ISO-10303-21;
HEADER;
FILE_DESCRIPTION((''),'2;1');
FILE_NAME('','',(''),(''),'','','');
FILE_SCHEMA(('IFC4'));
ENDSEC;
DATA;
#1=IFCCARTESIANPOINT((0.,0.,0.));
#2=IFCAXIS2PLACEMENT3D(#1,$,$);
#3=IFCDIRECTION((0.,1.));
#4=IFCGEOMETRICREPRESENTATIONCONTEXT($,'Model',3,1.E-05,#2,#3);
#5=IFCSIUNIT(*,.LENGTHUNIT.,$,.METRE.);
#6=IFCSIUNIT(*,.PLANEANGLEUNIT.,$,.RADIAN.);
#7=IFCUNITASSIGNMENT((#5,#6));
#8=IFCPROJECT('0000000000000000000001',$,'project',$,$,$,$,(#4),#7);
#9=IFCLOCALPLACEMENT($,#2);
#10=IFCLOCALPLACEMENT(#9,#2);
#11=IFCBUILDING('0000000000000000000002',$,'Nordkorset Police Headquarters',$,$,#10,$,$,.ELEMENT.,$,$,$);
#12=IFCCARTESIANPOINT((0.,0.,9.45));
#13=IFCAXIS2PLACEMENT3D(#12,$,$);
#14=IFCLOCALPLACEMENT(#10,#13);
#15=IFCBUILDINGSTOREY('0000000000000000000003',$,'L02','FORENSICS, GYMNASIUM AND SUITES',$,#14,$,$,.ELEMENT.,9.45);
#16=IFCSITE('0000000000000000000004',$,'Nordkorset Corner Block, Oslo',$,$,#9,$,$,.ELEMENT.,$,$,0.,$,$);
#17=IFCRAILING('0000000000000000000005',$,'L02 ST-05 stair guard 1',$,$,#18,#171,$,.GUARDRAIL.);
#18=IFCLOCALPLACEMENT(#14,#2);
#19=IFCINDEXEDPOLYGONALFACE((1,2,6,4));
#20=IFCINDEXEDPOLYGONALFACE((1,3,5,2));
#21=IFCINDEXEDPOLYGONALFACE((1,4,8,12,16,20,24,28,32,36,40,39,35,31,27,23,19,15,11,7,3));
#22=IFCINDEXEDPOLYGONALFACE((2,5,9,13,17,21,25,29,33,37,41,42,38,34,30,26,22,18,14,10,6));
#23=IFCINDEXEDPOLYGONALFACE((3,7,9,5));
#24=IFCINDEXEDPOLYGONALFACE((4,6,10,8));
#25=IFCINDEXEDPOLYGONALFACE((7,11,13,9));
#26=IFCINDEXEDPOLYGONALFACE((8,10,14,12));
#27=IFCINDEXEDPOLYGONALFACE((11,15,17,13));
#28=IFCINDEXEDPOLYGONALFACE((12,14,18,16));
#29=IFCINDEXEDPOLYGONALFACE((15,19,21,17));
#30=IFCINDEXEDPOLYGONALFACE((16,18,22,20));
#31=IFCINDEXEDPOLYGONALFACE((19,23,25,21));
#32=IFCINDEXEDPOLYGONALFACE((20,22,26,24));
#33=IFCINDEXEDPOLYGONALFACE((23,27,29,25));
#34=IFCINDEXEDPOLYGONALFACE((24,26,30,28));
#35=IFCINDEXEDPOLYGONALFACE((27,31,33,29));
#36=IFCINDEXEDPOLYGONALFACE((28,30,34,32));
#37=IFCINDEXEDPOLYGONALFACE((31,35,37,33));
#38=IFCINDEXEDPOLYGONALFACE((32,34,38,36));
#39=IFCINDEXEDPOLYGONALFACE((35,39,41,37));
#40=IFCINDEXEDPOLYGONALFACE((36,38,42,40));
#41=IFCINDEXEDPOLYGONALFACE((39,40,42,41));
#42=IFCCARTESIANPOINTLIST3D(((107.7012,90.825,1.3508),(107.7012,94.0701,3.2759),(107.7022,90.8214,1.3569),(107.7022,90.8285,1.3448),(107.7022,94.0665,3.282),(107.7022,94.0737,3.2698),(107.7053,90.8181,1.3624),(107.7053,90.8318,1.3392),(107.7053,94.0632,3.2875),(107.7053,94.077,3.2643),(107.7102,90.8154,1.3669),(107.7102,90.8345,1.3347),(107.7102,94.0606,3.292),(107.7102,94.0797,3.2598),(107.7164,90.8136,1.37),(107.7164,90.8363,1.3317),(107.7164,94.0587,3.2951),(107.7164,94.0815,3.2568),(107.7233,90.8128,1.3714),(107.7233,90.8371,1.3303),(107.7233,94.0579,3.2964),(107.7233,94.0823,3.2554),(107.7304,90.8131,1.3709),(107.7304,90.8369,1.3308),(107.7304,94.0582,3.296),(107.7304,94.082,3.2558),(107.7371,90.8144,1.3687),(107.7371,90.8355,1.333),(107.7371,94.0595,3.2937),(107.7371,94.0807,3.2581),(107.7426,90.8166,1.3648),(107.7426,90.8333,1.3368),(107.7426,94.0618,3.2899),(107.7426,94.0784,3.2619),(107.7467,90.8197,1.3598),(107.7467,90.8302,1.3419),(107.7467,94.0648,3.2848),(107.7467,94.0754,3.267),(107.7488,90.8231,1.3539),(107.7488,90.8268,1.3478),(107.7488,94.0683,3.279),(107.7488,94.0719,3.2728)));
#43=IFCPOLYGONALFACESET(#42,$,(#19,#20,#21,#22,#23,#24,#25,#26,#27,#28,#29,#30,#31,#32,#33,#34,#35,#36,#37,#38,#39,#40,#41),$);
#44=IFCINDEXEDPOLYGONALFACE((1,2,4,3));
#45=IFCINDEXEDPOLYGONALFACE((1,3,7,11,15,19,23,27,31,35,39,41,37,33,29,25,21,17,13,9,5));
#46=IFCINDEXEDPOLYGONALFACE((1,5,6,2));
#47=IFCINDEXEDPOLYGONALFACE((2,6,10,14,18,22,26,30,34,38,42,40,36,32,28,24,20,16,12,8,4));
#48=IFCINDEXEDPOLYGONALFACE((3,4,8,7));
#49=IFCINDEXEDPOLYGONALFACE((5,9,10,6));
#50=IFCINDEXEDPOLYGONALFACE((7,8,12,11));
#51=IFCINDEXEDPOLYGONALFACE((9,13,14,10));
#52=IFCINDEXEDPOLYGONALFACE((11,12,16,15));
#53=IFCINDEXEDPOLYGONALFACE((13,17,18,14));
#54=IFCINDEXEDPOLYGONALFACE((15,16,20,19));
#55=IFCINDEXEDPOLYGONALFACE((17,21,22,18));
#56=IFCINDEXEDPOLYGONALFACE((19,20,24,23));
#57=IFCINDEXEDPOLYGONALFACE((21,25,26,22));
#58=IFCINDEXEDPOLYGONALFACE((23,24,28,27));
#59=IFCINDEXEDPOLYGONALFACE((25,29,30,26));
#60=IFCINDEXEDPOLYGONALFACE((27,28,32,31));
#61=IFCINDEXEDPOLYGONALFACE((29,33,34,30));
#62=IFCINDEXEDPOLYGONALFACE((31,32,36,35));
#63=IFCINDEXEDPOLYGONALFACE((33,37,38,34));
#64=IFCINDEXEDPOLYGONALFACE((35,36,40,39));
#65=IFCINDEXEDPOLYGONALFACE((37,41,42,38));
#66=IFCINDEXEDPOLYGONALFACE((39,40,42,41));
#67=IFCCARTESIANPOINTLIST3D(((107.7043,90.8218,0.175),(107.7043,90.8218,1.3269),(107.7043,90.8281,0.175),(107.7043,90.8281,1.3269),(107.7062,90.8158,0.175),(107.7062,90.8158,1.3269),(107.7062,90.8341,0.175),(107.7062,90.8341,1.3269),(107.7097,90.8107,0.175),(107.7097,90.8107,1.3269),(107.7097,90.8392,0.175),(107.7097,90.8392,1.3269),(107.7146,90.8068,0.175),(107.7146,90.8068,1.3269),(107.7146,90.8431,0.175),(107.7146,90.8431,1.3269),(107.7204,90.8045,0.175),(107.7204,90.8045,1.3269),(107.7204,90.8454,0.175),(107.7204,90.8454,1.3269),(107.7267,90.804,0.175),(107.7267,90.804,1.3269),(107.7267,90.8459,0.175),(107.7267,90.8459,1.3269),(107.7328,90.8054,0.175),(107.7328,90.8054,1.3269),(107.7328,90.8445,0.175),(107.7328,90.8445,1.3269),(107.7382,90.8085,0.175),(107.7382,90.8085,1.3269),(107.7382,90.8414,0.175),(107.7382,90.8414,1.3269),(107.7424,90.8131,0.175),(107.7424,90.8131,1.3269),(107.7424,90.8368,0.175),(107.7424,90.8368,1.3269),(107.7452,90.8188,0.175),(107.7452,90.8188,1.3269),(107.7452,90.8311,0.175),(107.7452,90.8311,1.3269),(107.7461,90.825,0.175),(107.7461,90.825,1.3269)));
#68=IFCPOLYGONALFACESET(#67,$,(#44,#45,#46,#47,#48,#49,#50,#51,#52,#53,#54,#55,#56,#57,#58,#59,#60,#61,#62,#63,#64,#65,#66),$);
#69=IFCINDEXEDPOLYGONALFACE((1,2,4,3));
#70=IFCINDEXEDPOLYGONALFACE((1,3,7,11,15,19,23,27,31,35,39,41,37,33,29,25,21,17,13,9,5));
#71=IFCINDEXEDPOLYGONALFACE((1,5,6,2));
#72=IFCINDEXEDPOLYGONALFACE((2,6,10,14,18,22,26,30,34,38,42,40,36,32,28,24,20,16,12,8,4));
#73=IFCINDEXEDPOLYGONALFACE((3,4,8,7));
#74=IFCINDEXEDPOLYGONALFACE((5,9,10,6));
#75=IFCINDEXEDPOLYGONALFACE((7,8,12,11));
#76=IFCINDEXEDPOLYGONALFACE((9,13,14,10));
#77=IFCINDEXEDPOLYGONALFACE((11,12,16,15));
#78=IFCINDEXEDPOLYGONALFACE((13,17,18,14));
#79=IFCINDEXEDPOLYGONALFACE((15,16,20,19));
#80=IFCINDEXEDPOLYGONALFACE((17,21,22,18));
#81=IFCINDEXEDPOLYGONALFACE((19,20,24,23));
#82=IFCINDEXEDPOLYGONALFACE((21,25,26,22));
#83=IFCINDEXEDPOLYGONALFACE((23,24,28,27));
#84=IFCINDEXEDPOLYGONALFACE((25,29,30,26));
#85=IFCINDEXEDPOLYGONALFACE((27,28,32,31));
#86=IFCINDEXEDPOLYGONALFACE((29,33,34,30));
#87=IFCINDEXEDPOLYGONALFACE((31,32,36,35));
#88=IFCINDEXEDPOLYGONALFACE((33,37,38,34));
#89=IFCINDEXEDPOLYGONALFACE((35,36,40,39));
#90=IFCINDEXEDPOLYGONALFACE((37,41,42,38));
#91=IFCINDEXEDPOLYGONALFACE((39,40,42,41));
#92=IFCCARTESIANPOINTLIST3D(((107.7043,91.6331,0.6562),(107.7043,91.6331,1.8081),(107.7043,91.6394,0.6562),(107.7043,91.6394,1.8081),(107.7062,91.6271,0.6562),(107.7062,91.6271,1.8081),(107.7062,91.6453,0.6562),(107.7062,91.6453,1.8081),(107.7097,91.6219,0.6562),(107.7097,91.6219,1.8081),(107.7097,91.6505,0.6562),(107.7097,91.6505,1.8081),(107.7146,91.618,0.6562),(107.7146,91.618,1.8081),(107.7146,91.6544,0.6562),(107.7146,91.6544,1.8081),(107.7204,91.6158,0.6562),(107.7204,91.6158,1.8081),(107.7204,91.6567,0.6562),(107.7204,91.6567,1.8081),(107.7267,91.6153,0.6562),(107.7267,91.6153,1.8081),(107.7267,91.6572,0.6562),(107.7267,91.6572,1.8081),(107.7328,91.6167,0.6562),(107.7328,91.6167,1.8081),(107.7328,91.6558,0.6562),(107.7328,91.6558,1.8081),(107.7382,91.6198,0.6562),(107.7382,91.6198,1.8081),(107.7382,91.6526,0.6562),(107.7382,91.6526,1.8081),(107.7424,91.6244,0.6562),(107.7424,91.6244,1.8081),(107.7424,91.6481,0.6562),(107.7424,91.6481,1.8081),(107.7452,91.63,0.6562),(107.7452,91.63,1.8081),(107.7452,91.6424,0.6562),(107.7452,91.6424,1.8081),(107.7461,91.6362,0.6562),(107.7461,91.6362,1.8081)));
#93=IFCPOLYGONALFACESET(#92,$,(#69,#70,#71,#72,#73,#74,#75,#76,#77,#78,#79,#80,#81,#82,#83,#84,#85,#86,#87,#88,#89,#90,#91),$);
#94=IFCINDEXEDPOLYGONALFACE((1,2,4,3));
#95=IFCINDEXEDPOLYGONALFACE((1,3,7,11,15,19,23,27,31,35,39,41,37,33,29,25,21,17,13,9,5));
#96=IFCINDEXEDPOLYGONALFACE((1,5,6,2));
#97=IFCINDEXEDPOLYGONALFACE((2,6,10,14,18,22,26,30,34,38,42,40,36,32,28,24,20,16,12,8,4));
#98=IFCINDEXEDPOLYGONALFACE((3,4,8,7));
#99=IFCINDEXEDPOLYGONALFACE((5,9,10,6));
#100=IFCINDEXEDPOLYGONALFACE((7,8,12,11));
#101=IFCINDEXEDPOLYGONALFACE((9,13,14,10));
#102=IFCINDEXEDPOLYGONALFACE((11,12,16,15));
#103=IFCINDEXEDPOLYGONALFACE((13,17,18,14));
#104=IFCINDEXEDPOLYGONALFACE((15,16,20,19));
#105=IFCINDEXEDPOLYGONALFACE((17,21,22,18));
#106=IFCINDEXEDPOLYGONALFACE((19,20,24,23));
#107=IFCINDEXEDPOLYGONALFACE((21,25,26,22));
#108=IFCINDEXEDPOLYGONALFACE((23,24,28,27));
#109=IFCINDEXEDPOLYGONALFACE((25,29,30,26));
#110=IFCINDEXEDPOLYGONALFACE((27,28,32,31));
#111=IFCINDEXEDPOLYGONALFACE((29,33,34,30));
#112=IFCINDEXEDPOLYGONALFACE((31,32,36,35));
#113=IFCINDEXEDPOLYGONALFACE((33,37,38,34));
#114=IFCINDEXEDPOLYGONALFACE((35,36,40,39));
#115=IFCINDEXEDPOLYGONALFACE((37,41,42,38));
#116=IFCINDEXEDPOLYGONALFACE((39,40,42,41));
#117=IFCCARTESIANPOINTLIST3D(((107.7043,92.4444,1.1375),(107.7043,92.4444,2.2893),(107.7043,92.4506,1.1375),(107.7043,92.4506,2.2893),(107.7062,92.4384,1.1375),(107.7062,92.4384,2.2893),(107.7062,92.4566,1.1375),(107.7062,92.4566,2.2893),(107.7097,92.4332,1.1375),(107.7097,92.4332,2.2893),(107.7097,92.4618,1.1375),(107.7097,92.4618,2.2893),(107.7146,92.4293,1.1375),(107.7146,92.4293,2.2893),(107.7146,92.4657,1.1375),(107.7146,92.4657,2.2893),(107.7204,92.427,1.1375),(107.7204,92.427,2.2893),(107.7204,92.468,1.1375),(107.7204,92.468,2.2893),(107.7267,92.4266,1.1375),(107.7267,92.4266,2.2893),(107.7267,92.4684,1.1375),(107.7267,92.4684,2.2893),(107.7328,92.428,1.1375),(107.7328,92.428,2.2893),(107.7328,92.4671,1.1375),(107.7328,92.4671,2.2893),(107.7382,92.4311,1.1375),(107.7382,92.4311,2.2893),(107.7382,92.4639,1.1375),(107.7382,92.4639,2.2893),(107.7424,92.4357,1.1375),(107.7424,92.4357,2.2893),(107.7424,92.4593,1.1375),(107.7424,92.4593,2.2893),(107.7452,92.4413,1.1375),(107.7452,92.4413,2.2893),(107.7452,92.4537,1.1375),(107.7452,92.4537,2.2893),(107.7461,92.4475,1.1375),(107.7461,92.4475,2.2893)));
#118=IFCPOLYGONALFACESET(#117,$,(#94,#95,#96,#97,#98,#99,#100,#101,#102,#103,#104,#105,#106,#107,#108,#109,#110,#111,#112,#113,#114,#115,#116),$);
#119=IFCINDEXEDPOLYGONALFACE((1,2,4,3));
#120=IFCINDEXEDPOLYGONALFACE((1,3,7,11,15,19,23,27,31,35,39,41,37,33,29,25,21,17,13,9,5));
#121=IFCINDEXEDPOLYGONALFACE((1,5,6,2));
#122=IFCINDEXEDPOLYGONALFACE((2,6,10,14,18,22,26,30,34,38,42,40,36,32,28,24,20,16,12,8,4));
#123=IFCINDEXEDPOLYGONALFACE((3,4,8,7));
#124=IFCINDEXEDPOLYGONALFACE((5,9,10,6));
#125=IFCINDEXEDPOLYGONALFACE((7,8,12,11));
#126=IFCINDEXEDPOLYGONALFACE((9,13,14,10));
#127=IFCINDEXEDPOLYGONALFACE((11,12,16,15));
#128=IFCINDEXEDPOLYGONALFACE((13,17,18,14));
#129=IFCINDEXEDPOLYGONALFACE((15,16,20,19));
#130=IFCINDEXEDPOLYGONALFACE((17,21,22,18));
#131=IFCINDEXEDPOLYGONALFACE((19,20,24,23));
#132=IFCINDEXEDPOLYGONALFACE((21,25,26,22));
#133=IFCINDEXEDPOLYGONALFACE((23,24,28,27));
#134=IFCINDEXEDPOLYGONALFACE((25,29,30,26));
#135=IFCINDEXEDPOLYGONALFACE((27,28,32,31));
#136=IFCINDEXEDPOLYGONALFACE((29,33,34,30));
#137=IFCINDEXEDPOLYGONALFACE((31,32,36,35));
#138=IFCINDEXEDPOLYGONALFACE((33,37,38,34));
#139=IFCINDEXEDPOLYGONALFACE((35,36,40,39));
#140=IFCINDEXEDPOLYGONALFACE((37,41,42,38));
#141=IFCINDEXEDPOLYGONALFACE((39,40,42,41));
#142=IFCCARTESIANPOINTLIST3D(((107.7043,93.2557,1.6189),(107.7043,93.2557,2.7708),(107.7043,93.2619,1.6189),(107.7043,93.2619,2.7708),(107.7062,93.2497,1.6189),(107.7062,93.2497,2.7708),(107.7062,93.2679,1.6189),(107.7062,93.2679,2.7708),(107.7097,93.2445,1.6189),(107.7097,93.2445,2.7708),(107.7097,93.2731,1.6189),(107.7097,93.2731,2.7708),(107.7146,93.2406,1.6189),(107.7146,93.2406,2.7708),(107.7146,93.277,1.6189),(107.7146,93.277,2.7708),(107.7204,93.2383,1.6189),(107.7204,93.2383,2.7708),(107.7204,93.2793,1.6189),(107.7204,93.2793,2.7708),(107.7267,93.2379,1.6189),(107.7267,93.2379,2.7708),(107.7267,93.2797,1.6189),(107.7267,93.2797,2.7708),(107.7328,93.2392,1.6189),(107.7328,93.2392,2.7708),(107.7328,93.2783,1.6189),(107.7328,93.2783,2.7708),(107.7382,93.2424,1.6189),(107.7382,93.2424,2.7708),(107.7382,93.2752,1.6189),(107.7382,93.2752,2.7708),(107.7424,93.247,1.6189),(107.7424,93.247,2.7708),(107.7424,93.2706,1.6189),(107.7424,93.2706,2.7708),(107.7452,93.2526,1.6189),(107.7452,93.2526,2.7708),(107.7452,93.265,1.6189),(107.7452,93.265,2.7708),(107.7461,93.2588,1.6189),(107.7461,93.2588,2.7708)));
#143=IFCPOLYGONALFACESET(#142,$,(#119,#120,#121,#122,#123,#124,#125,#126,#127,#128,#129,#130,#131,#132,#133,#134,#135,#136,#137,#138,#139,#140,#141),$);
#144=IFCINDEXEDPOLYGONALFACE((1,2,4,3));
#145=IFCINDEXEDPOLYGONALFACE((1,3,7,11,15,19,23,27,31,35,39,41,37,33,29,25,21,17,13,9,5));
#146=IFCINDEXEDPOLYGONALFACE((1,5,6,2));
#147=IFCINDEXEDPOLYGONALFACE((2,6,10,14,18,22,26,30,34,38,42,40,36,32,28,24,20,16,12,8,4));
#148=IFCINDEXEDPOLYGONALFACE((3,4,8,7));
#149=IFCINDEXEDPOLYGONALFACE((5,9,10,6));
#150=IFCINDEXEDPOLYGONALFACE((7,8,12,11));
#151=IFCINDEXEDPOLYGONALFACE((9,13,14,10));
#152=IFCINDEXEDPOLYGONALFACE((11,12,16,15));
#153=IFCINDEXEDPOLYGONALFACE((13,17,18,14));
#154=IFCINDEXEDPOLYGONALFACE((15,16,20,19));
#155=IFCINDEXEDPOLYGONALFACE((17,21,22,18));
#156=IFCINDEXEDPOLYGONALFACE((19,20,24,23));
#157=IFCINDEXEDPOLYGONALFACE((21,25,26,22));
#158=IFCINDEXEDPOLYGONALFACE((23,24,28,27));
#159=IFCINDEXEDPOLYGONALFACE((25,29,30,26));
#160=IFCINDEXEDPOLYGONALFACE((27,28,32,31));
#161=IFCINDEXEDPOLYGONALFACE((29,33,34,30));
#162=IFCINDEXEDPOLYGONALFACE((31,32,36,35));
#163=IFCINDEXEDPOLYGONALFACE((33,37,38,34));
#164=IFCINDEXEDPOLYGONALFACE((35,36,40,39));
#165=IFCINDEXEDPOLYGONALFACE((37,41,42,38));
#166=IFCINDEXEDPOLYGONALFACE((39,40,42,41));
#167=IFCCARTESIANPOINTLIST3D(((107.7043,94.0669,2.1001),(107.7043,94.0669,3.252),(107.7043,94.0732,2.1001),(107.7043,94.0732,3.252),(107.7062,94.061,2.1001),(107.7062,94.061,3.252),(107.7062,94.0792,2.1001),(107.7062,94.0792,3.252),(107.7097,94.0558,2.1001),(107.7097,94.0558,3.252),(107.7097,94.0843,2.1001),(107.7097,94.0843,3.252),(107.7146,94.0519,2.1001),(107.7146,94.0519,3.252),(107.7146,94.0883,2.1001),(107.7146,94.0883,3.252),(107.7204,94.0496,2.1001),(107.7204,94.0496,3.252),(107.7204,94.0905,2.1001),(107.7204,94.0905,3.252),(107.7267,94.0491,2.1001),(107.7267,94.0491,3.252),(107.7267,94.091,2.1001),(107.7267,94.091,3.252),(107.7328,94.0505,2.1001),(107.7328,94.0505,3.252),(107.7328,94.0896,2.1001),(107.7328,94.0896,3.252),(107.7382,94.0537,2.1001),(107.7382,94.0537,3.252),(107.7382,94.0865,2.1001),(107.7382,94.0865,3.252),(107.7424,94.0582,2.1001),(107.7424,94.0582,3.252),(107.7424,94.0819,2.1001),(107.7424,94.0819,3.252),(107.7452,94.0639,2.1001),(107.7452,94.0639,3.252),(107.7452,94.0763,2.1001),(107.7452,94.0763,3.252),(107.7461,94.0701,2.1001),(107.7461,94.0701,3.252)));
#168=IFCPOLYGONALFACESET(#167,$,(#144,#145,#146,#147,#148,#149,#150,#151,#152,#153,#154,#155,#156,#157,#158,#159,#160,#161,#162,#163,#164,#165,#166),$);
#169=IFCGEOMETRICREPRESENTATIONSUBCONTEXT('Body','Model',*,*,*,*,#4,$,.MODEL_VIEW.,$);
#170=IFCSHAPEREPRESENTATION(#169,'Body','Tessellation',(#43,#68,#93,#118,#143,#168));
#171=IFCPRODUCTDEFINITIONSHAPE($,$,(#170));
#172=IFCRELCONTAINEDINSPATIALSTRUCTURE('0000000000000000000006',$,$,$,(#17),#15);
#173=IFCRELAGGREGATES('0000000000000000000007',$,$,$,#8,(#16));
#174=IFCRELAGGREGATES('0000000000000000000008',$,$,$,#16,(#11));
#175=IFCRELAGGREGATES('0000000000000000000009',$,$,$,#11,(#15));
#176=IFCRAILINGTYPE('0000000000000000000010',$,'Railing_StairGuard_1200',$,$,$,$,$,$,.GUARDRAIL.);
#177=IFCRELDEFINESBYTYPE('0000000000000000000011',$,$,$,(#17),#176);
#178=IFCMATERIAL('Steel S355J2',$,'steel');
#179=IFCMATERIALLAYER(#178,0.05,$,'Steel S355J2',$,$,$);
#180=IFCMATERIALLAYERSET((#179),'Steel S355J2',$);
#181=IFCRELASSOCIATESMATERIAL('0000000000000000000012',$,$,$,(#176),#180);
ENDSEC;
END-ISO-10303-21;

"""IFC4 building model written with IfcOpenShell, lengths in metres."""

from ifc_helpers import new_model, si_unit, direction, frame, origin, origin_2d, place, context, subcontext, project, spatial, circle, extrude, material, layer, layer_set, type_object, element, save


model = new_model("IFC4")

# Units and contexts
model_context = context("Model", 3, precision=1e-05, world=origin(), true_north=direction((0.0, 1.0)))
body_context = subcontext(model_context, "Body", "Model", "MODEL_VIEW")
ifc_project = project(units=[si_unit("LENGTHUNIT", "METRE"), si_unit("PLANEANGLEUNIT", "RADIAN")], contexts=[model_context])

# Site, building, storey
site_placement = place(None, origin())
site = spatial("IfcSite", under=ifc_project, at=site_placement, Name="Nordkorset Corner Block, Oslo", CompositionType="ELEMENT", RefElevation=0.0)
building_placement = place(site_placement, origin())
building = spatial("IfcBuilding", under=site, at=building_placement, Name="Nordkorset Police Headquarters", CompositionType="ELEMENT")
storey_placement = place(building_placement, frame((0.0, 0.0, 9.45)))
storey = spatial("IfcBuildingStorey", under=building, at=storey_placement, Name="L02", Description="FORENSICS, GYMNASIUM AND SUITES", CompositionType="ELEMENT", Elevation=9.45)

# Railing
ifc_material_1 = material(Name="Steel S355J2", Category="steel")
ifc_layer_1 = layer(ifc_material_1, 0.05, Name="Steel S355J2")
ifc_layer_set_1 = layer_set([ifc_layer_1], Name="Steel S355J2")
railing_type_1 = type_object("IfcRailingType", Name="Railing_StairGuard_1200", PredefinedType="GUARDRAIL", material=ifc_layer_set_1)
railing_1_placement = place(storey_placement, frame((107.7251, 90.825, 0.175)))
element("IfcRailing", 1, at=railing_1_placement, inside=storey, type_object=railing_type_1, Name="L02 ST-05 stair guard 1", PredefinedType="GUARDRAIL", context=body_context, shape_type="SweptSolid", body=[
    extrude(circle(Radius=0.0239, at=origin_2d()), frame((0.0, 0.0, 1.1758), z_axis=(0.0, 0.860057, 0.510198), x_axis=(-1.0, 0.0, 0.0)), (0.0, 0.0, 1.0), 3.7732),
    extrude(circle(Radius=0.021, at=origin_2d()), origin(), (0.0, 0.0, 1.0), 1.1519),
    extrude(circle(Radius=0.021, at=origin_2d()), frame((0.0, 0.8113, 0.4812)), (0.0, 0.0, 1.0), 1.1519),
    extrude(circle(Radius=0.021, at=origin_2d()), frame((0.0, 1.6226, 0.9624)), (0.0, 0.0, 1.0), 1.1519),
    extrude(circle(Radius=0.021, at=origin_2d()), frame((0.0, 2.4338, 1.4438)), (0.0, 0.0, 1.0), 1.1519),
    extrude(circle(Radius=0.021, at=origin_2d()), frame((0.0, 3.2451, 1.925)), (0.0, 0.0, 1.0), 1.1519),
])

save(model, "model.ifc")
